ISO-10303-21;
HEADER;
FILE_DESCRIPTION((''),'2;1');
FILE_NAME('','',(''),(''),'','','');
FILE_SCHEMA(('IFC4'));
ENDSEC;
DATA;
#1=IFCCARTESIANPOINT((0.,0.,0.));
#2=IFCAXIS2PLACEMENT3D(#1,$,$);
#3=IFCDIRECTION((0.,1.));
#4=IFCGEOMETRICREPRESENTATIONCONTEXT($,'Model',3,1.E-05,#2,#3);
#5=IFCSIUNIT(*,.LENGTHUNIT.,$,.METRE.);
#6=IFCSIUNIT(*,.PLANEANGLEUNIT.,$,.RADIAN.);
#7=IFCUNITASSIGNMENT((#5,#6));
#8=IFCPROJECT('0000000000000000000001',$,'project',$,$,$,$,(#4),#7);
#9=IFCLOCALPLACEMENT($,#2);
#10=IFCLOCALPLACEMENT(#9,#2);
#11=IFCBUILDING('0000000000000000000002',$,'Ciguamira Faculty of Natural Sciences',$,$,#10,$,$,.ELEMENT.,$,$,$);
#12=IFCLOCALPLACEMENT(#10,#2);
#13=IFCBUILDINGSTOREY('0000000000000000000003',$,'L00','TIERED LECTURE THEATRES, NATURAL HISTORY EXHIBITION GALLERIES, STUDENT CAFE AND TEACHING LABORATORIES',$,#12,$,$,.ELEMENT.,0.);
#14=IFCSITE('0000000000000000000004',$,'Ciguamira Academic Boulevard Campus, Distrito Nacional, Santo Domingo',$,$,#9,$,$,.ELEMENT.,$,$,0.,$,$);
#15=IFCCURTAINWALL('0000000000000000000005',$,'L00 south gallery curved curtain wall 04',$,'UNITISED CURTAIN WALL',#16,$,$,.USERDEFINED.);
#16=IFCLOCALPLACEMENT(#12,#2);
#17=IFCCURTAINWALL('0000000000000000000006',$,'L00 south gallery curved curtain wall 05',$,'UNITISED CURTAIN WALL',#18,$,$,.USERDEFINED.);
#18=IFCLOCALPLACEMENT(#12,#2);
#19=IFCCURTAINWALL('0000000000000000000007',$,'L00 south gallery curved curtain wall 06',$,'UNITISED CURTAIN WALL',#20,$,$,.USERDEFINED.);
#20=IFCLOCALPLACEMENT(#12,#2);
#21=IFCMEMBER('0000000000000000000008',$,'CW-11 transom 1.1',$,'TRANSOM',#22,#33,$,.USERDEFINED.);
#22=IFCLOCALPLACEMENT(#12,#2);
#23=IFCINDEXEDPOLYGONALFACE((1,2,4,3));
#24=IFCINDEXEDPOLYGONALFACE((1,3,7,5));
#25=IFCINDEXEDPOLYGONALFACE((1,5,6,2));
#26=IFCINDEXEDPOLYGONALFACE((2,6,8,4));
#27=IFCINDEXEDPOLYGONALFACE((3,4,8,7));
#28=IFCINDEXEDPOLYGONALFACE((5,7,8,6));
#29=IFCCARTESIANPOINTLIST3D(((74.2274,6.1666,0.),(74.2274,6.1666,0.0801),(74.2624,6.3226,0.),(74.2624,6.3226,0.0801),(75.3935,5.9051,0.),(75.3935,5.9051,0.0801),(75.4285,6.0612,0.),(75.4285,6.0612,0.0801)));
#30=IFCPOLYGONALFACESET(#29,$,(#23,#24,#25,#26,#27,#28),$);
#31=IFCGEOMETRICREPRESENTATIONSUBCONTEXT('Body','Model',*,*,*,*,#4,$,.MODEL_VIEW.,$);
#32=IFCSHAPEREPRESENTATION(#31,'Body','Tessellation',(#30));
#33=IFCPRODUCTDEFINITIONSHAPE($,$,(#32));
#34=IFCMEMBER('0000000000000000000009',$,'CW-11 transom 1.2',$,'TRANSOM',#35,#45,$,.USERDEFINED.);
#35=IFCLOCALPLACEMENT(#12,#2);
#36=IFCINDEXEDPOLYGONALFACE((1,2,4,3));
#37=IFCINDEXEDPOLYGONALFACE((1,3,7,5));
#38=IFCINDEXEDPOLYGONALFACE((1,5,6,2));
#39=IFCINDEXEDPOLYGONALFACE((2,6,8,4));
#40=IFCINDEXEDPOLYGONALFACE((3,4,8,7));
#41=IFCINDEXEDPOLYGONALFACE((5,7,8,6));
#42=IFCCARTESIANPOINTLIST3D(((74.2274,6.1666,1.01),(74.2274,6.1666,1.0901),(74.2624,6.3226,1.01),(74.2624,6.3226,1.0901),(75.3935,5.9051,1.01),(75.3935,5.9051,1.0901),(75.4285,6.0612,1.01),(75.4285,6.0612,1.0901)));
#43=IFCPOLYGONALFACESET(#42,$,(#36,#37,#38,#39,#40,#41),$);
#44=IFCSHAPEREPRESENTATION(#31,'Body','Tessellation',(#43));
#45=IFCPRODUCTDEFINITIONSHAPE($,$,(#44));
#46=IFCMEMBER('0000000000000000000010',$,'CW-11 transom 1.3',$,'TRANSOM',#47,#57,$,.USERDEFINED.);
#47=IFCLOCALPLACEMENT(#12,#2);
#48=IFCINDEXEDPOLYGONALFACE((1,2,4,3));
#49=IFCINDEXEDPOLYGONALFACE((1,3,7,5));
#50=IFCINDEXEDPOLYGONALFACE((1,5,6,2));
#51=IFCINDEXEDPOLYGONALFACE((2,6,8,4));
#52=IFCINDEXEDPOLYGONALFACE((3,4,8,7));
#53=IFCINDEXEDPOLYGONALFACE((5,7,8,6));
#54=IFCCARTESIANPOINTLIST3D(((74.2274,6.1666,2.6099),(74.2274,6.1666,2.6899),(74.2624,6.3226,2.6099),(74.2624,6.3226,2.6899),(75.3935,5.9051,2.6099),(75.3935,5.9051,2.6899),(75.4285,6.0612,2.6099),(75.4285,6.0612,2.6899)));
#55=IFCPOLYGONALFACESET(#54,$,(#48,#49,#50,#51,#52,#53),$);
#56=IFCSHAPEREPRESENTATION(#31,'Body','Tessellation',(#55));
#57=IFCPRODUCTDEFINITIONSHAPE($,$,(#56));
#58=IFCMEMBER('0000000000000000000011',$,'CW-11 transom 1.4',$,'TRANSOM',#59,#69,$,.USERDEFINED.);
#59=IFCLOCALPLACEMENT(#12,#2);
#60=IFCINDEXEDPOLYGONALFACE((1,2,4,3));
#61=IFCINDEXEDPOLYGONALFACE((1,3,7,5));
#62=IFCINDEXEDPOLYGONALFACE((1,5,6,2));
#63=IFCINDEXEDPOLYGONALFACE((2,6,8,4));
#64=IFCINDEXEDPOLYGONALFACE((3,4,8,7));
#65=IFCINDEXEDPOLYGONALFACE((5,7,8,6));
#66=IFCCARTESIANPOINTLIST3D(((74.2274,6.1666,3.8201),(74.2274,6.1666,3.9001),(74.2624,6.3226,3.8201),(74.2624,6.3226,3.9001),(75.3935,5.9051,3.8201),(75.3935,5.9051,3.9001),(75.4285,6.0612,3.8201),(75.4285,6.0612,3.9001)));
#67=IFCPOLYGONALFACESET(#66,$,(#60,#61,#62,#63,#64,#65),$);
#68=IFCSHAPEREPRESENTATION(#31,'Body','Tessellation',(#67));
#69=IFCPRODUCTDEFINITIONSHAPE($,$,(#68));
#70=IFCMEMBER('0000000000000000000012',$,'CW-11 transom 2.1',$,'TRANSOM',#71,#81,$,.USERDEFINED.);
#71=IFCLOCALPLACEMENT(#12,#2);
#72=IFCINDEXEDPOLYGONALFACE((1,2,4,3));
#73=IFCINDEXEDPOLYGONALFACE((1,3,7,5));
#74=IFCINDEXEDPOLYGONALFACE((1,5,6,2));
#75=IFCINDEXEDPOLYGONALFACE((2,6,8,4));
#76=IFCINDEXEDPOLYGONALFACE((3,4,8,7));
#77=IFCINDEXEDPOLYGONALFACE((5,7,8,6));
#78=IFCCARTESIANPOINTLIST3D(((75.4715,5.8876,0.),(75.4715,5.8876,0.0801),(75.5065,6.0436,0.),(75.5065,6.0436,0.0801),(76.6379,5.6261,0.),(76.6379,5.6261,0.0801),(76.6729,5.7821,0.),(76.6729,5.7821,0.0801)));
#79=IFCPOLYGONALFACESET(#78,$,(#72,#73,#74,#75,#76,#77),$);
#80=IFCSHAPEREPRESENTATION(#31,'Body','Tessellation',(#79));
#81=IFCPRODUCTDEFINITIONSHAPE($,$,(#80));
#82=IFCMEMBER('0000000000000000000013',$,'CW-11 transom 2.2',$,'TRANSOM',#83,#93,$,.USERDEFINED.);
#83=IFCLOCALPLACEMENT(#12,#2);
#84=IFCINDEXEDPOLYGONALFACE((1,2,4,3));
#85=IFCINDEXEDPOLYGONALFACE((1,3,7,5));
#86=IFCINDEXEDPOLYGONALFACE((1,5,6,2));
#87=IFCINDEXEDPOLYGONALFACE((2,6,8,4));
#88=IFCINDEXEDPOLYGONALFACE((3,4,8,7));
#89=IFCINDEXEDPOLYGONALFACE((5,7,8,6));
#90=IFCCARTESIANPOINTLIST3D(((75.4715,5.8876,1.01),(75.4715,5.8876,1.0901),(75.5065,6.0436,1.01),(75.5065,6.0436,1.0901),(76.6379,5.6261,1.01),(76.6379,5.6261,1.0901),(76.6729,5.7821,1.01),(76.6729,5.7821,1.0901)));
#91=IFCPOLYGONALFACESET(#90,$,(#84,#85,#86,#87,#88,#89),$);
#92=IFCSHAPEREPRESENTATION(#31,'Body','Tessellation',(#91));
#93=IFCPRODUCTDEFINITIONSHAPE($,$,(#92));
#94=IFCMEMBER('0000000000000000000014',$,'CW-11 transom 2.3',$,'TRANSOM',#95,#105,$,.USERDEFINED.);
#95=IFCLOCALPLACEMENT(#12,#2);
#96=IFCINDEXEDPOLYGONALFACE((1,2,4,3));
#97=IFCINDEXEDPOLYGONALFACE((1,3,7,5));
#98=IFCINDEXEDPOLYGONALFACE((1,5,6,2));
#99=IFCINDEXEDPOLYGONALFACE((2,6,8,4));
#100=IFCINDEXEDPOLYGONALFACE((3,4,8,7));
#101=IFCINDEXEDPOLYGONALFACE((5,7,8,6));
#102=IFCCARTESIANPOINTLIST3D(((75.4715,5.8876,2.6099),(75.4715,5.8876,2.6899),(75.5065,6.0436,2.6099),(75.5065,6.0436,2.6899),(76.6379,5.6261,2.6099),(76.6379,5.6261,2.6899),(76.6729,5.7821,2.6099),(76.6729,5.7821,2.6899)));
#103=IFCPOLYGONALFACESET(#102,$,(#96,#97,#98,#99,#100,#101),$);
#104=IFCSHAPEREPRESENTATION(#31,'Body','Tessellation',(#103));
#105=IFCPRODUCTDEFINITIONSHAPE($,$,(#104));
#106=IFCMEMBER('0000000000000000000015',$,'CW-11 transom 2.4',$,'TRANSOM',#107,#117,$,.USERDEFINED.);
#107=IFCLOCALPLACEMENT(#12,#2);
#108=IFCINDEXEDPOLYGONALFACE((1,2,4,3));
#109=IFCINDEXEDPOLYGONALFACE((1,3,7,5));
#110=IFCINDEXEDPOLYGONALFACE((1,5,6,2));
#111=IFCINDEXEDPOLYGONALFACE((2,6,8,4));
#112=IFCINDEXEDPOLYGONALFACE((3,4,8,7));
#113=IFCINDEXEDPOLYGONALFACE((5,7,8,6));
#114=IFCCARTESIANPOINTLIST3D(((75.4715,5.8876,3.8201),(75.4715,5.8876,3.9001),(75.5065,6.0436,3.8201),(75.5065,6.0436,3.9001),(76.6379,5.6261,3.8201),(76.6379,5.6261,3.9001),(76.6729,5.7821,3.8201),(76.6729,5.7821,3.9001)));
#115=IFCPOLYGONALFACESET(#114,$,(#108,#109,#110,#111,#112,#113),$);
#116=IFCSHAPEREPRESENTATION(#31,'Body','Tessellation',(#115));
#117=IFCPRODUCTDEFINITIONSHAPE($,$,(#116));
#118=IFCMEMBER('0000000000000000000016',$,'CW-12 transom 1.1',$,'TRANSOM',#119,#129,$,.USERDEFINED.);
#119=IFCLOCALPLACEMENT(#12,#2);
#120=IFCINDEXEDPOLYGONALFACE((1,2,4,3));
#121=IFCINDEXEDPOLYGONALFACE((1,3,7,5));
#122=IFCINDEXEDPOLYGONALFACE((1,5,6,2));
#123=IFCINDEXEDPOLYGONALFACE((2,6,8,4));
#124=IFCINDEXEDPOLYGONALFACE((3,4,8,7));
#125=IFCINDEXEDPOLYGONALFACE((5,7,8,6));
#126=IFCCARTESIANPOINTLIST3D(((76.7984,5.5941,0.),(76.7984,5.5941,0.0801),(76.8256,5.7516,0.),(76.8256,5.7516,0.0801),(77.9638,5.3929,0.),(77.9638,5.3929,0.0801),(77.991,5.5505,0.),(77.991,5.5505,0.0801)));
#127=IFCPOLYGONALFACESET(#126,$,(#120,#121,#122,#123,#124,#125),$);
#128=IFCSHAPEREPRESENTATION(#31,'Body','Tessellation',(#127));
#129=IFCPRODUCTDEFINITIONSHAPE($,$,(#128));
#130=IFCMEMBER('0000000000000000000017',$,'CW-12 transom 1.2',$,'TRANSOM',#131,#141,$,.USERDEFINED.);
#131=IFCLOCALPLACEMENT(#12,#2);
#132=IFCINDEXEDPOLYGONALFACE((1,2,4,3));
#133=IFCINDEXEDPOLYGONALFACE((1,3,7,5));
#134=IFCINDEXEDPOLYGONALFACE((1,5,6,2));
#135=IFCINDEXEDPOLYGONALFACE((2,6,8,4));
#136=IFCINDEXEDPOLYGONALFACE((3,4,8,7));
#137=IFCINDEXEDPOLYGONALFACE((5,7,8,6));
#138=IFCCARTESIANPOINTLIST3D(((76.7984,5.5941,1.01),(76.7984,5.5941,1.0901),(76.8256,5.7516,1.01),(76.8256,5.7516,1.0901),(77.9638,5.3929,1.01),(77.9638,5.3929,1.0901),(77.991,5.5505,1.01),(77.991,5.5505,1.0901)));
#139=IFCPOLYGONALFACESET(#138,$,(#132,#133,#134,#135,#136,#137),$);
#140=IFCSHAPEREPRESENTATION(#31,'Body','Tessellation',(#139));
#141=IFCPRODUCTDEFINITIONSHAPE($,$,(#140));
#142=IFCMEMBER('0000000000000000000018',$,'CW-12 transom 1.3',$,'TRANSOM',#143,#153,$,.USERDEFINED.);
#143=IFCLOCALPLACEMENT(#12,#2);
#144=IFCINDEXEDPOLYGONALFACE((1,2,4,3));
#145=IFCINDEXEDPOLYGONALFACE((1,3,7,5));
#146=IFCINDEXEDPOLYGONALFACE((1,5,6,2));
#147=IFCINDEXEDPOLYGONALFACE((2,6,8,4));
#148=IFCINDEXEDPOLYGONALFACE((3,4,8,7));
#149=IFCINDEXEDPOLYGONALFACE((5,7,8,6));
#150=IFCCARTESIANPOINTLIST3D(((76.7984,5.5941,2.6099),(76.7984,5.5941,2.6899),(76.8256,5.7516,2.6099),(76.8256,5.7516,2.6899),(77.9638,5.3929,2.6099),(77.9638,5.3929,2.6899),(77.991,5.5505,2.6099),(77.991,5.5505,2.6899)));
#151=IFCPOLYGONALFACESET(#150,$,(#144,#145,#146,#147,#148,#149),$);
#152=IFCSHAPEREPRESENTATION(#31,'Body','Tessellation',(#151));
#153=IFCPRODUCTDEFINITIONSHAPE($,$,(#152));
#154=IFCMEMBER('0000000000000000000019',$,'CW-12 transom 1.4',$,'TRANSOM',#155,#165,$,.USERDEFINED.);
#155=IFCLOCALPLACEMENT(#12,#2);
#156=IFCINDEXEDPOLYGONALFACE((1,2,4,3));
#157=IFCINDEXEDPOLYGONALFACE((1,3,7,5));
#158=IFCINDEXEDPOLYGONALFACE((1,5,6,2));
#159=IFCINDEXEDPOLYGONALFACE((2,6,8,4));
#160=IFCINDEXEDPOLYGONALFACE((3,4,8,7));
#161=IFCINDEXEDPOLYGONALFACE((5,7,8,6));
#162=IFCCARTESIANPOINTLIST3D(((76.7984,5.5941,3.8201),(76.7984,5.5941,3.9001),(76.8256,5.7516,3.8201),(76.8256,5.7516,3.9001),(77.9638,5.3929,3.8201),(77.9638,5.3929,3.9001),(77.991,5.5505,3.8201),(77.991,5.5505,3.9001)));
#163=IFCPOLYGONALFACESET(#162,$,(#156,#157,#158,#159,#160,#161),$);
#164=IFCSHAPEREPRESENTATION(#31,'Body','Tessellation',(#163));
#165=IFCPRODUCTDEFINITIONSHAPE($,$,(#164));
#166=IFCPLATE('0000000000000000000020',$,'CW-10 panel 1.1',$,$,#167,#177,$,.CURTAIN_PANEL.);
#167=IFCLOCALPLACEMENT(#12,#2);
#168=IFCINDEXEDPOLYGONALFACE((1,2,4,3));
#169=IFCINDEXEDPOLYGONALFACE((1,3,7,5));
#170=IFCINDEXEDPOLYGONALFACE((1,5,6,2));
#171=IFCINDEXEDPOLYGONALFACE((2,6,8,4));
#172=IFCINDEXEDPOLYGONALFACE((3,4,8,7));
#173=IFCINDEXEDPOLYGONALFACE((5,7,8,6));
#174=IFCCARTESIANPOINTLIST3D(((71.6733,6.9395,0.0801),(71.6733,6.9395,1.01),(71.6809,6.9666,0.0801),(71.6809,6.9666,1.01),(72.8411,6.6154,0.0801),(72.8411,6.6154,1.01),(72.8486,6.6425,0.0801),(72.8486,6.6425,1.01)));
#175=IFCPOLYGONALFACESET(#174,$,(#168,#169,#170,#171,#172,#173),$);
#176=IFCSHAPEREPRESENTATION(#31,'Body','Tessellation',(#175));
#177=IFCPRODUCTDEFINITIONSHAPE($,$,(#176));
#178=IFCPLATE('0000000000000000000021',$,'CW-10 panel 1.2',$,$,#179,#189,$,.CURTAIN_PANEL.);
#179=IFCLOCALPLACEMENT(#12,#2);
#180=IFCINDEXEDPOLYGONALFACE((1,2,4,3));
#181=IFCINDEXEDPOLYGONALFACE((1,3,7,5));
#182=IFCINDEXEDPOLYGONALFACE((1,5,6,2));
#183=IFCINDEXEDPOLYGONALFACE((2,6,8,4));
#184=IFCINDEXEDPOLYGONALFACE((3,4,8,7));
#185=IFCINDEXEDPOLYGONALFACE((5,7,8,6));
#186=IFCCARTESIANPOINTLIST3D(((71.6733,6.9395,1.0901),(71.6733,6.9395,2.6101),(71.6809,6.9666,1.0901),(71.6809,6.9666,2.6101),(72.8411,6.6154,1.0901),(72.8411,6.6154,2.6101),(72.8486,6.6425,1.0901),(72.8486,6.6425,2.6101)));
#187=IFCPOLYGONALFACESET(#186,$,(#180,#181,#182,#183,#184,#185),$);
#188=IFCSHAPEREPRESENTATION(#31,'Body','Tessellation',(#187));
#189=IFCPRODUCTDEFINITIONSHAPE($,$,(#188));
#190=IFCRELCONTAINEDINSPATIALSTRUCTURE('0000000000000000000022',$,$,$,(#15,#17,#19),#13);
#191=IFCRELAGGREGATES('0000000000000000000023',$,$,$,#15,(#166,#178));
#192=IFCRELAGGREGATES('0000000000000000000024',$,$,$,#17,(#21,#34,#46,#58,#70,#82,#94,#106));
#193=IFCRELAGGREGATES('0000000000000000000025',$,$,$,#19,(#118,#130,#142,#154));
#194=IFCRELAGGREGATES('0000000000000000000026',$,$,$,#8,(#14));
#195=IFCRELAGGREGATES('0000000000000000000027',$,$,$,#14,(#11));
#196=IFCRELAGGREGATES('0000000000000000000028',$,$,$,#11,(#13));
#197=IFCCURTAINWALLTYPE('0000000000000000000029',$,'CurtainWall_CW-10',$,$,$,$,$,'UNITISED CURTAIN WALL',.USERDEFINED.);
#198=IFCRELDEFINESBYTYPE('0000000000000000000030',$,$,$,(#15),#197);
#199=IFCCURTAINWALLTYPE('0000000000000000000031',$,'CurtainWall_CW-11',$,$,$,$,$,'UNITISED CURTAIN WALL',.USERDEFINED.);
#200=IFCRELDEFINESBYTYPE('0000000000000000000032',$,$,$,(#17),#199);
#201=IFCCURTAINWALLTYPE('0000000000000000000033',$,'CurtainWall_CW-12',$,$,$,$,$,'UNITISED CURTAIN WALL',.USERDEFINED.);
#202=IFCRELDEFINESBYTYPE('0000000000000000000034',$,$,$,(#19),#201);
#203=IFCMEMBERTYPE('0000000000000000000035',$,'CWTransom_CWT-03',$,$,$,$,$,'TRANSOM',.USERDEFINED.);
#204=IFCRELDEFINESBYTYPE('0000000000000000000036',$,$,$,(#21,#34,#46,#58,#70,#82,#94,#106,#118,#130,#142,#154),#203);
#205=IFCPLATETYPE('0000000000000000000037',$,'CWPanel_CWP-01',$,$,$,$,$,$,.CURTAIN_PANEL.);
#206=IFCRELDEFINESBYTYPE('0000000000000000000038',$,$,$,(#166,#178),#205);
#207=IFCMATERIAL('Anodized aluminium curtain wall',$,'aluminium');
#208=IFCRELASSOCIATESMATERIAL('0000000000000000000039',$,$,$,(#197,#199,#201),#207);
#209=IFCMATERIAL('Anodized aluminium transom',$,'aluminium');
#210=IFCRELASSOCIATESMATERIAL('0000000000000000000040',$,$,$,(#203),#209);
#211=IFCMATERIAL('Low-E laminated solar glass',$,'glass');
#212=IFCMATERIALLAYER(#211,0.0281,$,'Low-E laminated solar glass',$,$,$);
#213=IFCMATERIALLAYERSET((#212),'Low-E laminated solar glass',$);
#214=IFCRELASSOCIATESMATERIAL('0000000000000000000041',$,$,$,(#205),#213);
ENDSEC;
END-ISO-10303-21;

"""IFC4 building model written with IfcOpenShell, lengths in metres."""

from ifc_helpers import new_model, si_unit, direction, frame, origin, origin_2d, place, context, subcontext, project, spatial, rectangle, extrude, material, layer, layer_set, material_profile, profile_set, type_object, element, aggregate, save


model = new_model("IFC4")

# Units and contexts
model_context = context("Model", 3, precision=1e-05, world=origin(), true_north=direction((0.0, 1.0)))
body_context = subcontext(model_context, "Body", "Model", "MODEL_VIEW")
ifc_project = project(units=[si_unit("LENGTHUNIT", "METRE"), si_unit("PLANEANGLEUNIT", "RADIAN")], contexts=[model_context])

# Site, building, storey
site_placement = place(None, origin())
site = spatial("IfcSite", under=ifc_project, at=site_placement, Name="Ciguamira Academic Boulevard Campus, Distrito Nacional, Santo Domingo", CompositionType="ELEMENT", RefElevation=0.0)
building_placement = place(site_placement, origin())
building = spatial("IfcBuilding", under=site, at=building_placement, Name="Ciguamira Faculty of Natural Sciences", CompositionType="ELEMENT")
storey_placement = place(building_placement, origin())
storey = spatial("IfcBuildingStorey", under=building, at=storey_placement, Name="L00", Description="TIERED LECTURE THEATRES, NATURAL HISTORY EXHIBITION GALLERIES, STUDENT CAFE AND TEACHING LABORATORIES", CompositionType="ELEMENT", Elevation=0.0)

# Curtain walls
ifc_material_1 = material(Name="Anodized aluminium curtain wall", Category="aluminium")
curtain_wall_type_1 = type_object("IfcCurtainWallType", Name="CurtainWall_CW-10", ElementType="UNITISED CURTAIN WALL", PredefinedType="USERDEFINED", material=ifc_material_1)
curtain_wall_1_placement = place(storey_placement, origin())
curtain_wall_1 = element("IfcCurtainWall", 1, at=curtain_wall_1_placement, inside=storey, type_object=curtain_wall_type_1, Name="L00 south gallery curved curtain wall 04", ObjectType="UNITISED CURTAIN WALL", PredefinedType="USERDEFINED")
curtain_wall_type_2 = type_object("IfcCurtainWallType", Name="CurtainWall_CW-11", ElementType="UNITISED CURTAIN WALL", PredefinedType="USERDEFINED", material=ifc_material_1)
curtain_wall_2_placement = place(storey_placement, origin())
curtain_wall_2 = element("IfcCurtainWall", 2, at=curtain_wall_2_placement, inside=storey, type_object=curtain_wall_type_2, Name="L00 south gallery curved curtain wall 05", ObjectType="UNITISED CURTAIN WALL", PredefinedType="USERDEFINED")

# Curtain wall
curtain_wall_type_3 = type_object("IfcCurtainWallType", Name="CurtainWall_CW-12", ElementType="UNITISED CURTAIN WALL", PredefinedType="USERDEFINED", material=ifc_material_1)
curtain_wall_3_placement = place(storey_placement, origin())
curtain_wall_3 = element("IfcCurtainWall", 3, at=curtain_wall_3_placement, inside=storey, type_object=curtain_wall_type_3, Name="L00 south gallery curved curtain wall 06", ObjectType="UNITISED CURTAIN WALL", PredefinedType="USERDEFINED")

# Members
ifc_material_2 = material(Name="Anodized aluminium transom", Category="aluminium")
ifc_material_profile_1 = material_profile(ifc_material_2, rectangle(XDim=0.0801, YDim=0.1599, at=origin_2d()), Name="ALU-TRN-80X160")
ifc_profile_set_1 = profile_set([ifc_material_profile_1], Name="Anodized aluminium transom")
member_type_1 = type_object("IfcMemberType", Name="CWTransom_CWT-03", ElementType="TRANSOM", PredefinedType="USERDEFINED", material=ifc_profile_set_1)
member_1_placement = place(storey_placement, frame((74.2449, 6.2446, 0.04), z_axis=(0.975767, -0.218812, 0.0), x_axis=(0.0, 0.0, 1.0)))
member_1 = element("IfcMember", 4, at=member_1_placement, type_object=member_type_1, Name="CW-11 transom 1.1", ObjectType="TRANSOM", PredefinedType="USERDEFINED", context=body_context, shape_type="SweptSolid", body=[
    extrude(rectangle(XDim=0.0801, YDim=0.1599, at=origin_2d()), origin(), (0.0, 0.0, 1.0), 1.1951),
])
member_2_placement = place(storey_placement, frame((74.2449, 6.2446, 1.05), z_axis=(0.975767, -0.218812, 0.0), x_axis=(0.0, 0.0, 1.0)))
member_2 = element("IfcMember", 5, at=member_2_placement, type_object=member_type_1, Name="CW-11 transom 1.2", ObjectType="TRANSOM", PredefinedType="USERDEFINED", context=body_context, shape_type="SweptSolid", body=[
    extrude(rectangle(XDim=0.0801, YDim=0.1599, at=origin_2d()), origin(), (0.0, 0.0, 1.0), 1.1951),
])
member_3_placement = place(storey_placement, frame((74.2449, 6.2446, 2.6499), z_axis=(0.975767, -0.218812, 0.0), x_axis=(0.0, 0.0, 1.0)))
member_3 = element("IfcMember", 6, at=member_3_placement, type_object=member_type_1, Name="CW-11 transom 1.3", ObjectType="TRANSOM", PredefinedType="USERDEFINED", context=body_context, shape_type="SweptSolid", body=[
    extrude(rectangle(XDim=0.0801, YDim=0.1599, at=origin_2d()), origin(), (0.0, 0.0, 1.0), 1.1951),
])
member_4_placement = place(storey_placement, frame((74.2449, 6.2446, 3.8601), z_axis=(0.975767, -0.218812, 0.0), x_axis=(0.0, 0.0, 1.0)))
member_4 = element("IfcMember", 7, at=member_4_placement, type_object=member_type_1, Name="CW-11 transom 1.4", ObjectType="TRANSOM", PredefinedType="USERDEFINED", context=body_context, shape_type="SweptSolid", body=[
    extrude(rectangle(XDim=0.0801, YDim=0.1599, at=origin_2d()), origin(), (0.0, 0.0, 1.0), 1.1951),
])
member_5_placement = place(storey_placement, frame((75.489, 5.9656, 0.04), z_axis=(0.975777, -0.218768, 0.0), x_axis=(0.0, 0.0, 1.0)))
member_5 = element("IfcMember", 8, at=member_5_placement, type_object=member_type_1, Name="CW-11 transom 2.1", ObjectType="TRANSOM", PredefinedType="USERDEFINED", context=body_context, shape_type="SweptSolid", body=[
    extrude(rectangle(XDim=0.0801, YDim=0.1599, at=origin_2d()), origin(), (0.0, 0.0, 1.0), 1.1953),
])
member_6_placement = place(storey_placement, frame((75.489, 5.9656, 1.05), z_axis=(0.975777, -0.218768, 0.0), x_axis=(0.0, 0.0, 1.0)))
member_6 = element("IfcMember", 9, at=member_6_placement, type_object=member_type_1, Name="CW-11 transom 2.2", ObjectType="TRANSOM", PredefinedType="USERDEFINED", context=body_context, shape_type="SweptSolid", body=[
    extrude(rectangle(XDim=0.0801, YDim=0.1599, at=origin_2d()), origin(), (0.0, 0.0, 1.0), 1.1953),
])
member_7_placement = place(storey_placement, frame((75.489, 5.9656, 2.6499), z_axis=(0.975777, -0.218768, 0.0), x_axis=(0.0, 0.0, 1.0)))
member_7 = element("IfcMember", 10, at=member_7_placement, type_object=member_type_1, Name="CW-11 transom 2.3", ObjectType="TRANSOM", PredefinedType="USERDEFINED", context=body_context, shape_type="SweptSolid", body=[
    extrude(rectangle(XDim=0.0801, YDim=0.1599, at=origin_2d()), origin(), (0.0, 0.0, 1.0), 1.1953),
])
member_8_placement = place(storey_placement, frame((75.489, 5.9656, 3.8601), z_axis=(0.975777, -0.218768, 0.0), x_axis=(0.0, 0.0, 1.0)))
member_8 = element("IfcMember", 11, at=member_8_placement, type_object=member_type_1, Name="CW-11 transom 2.4", ObjectType="TRANSOM", PredefinedType="USERDEFINED", context=body_context, shape_type="SweptSolid", body=[
    extrude(rectangle(XDim=0.0801, YDim=0.1599, at=origin_2d()), origin(), (0.0, 0.0, 1.0), 1.1953),
])
member_9_placement = place(storey_placement, frame((76.812, 5.6729, 0.04), z_axis=(0.985423, -0.170121, 0.0), x_axis=(0.0, 0.0, 1.0)))
member_9 = element("IfcMember", 12, at=member_9_placement, type_object=member_type_1, Name="CW-12 transom 1.1", ObjectType="TRANSOM", PredefinedType="USERDEFINED", context=body_context, shape_type="SweptSolid", body=[
    extrude(rectangle(XDim=0.0801, YDim=0.1599, at=origin_2d()), origin(), (0.0, 0.0, 1.0), 1.1826),
])
member_10_placement = place(storey_placement, frame((76.812, 5.6729, 1.05), z_axis=(0.985423, -0.170121, 0.0), x_axis=(0.0, 0.0, 1.0)))
member_10 = element("IfcMember", 13, at=member_10_placement, type_object=member_type_1, Name="CW-12 transom 1.2", ObjectType="TRANSOM", PredefinedType="USERDEFINED", context=body_context, shape_type="SweptSolid", body=[
    extrude(rectangle(XDim=0.0801, YDim=0.1599, at=origin_2d()), origin(), (0.0, 0.0, 1.0), 1.1826),
])
member_11_placement = place(storey_placement, frame((76.812, 5.6729, 2.6499), z_axis=(0.985423, -0.170121, 0.0), x_axis=(0.0, 0.0, 1.0)))
member_11 = element("IfcMember", 14, at=member_11_placement, type_object=member_type_1, Name="CW-12 transom 1.3", ObjectType="TRANSOM", PredefinedType="USERDEFINED", context=body_context, shape_type="SweptSolid", body=[
    extrude(rectangle(XDim=0.0801, YDim=0.1599, at=origin_2d()), origin(), (0.0, 0.0, 1.0), 1.1826),
])
member_12_placement = place(storey_placement, frame((76.812, 5.6729, 3.8601), z_axis=(0.985423, -0.170121, 0.0), x_axis=(0.0, 0.0, 1.0)))
member_12 = element("IfcMember", 15, at=member_12_placement, type_object=member_type_1, Name="CW-12 transom 1.4", ObjectType="TRANSOM", PredefinedType="USERDEFINED", context=body_context, shape_type="SweptSolid", body=[
    extrude(rectangle(XDim=0.0801, YDim=0.1599, at=origin_2d()), origin(), (0.0, 0.0, 1.0), 1.1826),
])

# Plates
ifc_material_3 = material(Name="Low-E laminated solar glass", Category="glass")
ifc_layer = layer(ifc_material_3, 0.0281, Name="Low-E laminated solar glass")
ifc_layer_set = layer_set([ifc_layer], Name="Low-E laminated solar glass")
plate_type = type_object("IfcPlateType", Name="CWPanel_CWP-01", PredefinedType="CURTAIN_PANEL", material=ifc_layer_set)
plate_1_placement = place(storey_placement, frame((72.261, 6.791, 0.0801), z_axis=(0.0, 0.0, 1.0), x_axis=(0.963573, -0.267444, 0.0)))
plate_1 = element("IfcPlate", 16, at=plate_1_placement, type_object=plate_type, Name="CW-10 panel 1.1", PredefinedType="CURTAIN_PANEL", context=body_context, shape_type="SweptSolid", body=[
    extrude(rectangle(XDim=1.2119, YDim=0.0281, at=origin_2d()), origin(), (0.0, 0.0, 1.0), 0.9299),
])
plate_2_placement = place(storey_placement, frame((72.261, 6.791, 1.0901), z_axis=(0.0, 0.0, 1.0), x_axis=(0.963573, -0.267444, 0.0)))
plate_2 = element("IfcPlate", 17, at=plate_2_placement, type_object=plate_type, Name="CW-10 panel 1.2", PredefinedType="CURTAIN_PANEL", context=body_context, shape_type="SweptSolid", body=[
    extrude(rectangle(XDim=1.2119, YDim=0.0281, at=origin_2d()), origin(), (0.0, 0.0, 1.0), 1.52),
])
aggregate(curtain_wall_1, [plate_1, plate_2])
aggregate(curtain_wall_2, [member_1, member_2, member_3, member_4, member_5, member_6, member_7, member_8])
aggregate(curtain_wall_3, [member_9, member_10, member_11, member_12])

save(model, "model.ifc")
